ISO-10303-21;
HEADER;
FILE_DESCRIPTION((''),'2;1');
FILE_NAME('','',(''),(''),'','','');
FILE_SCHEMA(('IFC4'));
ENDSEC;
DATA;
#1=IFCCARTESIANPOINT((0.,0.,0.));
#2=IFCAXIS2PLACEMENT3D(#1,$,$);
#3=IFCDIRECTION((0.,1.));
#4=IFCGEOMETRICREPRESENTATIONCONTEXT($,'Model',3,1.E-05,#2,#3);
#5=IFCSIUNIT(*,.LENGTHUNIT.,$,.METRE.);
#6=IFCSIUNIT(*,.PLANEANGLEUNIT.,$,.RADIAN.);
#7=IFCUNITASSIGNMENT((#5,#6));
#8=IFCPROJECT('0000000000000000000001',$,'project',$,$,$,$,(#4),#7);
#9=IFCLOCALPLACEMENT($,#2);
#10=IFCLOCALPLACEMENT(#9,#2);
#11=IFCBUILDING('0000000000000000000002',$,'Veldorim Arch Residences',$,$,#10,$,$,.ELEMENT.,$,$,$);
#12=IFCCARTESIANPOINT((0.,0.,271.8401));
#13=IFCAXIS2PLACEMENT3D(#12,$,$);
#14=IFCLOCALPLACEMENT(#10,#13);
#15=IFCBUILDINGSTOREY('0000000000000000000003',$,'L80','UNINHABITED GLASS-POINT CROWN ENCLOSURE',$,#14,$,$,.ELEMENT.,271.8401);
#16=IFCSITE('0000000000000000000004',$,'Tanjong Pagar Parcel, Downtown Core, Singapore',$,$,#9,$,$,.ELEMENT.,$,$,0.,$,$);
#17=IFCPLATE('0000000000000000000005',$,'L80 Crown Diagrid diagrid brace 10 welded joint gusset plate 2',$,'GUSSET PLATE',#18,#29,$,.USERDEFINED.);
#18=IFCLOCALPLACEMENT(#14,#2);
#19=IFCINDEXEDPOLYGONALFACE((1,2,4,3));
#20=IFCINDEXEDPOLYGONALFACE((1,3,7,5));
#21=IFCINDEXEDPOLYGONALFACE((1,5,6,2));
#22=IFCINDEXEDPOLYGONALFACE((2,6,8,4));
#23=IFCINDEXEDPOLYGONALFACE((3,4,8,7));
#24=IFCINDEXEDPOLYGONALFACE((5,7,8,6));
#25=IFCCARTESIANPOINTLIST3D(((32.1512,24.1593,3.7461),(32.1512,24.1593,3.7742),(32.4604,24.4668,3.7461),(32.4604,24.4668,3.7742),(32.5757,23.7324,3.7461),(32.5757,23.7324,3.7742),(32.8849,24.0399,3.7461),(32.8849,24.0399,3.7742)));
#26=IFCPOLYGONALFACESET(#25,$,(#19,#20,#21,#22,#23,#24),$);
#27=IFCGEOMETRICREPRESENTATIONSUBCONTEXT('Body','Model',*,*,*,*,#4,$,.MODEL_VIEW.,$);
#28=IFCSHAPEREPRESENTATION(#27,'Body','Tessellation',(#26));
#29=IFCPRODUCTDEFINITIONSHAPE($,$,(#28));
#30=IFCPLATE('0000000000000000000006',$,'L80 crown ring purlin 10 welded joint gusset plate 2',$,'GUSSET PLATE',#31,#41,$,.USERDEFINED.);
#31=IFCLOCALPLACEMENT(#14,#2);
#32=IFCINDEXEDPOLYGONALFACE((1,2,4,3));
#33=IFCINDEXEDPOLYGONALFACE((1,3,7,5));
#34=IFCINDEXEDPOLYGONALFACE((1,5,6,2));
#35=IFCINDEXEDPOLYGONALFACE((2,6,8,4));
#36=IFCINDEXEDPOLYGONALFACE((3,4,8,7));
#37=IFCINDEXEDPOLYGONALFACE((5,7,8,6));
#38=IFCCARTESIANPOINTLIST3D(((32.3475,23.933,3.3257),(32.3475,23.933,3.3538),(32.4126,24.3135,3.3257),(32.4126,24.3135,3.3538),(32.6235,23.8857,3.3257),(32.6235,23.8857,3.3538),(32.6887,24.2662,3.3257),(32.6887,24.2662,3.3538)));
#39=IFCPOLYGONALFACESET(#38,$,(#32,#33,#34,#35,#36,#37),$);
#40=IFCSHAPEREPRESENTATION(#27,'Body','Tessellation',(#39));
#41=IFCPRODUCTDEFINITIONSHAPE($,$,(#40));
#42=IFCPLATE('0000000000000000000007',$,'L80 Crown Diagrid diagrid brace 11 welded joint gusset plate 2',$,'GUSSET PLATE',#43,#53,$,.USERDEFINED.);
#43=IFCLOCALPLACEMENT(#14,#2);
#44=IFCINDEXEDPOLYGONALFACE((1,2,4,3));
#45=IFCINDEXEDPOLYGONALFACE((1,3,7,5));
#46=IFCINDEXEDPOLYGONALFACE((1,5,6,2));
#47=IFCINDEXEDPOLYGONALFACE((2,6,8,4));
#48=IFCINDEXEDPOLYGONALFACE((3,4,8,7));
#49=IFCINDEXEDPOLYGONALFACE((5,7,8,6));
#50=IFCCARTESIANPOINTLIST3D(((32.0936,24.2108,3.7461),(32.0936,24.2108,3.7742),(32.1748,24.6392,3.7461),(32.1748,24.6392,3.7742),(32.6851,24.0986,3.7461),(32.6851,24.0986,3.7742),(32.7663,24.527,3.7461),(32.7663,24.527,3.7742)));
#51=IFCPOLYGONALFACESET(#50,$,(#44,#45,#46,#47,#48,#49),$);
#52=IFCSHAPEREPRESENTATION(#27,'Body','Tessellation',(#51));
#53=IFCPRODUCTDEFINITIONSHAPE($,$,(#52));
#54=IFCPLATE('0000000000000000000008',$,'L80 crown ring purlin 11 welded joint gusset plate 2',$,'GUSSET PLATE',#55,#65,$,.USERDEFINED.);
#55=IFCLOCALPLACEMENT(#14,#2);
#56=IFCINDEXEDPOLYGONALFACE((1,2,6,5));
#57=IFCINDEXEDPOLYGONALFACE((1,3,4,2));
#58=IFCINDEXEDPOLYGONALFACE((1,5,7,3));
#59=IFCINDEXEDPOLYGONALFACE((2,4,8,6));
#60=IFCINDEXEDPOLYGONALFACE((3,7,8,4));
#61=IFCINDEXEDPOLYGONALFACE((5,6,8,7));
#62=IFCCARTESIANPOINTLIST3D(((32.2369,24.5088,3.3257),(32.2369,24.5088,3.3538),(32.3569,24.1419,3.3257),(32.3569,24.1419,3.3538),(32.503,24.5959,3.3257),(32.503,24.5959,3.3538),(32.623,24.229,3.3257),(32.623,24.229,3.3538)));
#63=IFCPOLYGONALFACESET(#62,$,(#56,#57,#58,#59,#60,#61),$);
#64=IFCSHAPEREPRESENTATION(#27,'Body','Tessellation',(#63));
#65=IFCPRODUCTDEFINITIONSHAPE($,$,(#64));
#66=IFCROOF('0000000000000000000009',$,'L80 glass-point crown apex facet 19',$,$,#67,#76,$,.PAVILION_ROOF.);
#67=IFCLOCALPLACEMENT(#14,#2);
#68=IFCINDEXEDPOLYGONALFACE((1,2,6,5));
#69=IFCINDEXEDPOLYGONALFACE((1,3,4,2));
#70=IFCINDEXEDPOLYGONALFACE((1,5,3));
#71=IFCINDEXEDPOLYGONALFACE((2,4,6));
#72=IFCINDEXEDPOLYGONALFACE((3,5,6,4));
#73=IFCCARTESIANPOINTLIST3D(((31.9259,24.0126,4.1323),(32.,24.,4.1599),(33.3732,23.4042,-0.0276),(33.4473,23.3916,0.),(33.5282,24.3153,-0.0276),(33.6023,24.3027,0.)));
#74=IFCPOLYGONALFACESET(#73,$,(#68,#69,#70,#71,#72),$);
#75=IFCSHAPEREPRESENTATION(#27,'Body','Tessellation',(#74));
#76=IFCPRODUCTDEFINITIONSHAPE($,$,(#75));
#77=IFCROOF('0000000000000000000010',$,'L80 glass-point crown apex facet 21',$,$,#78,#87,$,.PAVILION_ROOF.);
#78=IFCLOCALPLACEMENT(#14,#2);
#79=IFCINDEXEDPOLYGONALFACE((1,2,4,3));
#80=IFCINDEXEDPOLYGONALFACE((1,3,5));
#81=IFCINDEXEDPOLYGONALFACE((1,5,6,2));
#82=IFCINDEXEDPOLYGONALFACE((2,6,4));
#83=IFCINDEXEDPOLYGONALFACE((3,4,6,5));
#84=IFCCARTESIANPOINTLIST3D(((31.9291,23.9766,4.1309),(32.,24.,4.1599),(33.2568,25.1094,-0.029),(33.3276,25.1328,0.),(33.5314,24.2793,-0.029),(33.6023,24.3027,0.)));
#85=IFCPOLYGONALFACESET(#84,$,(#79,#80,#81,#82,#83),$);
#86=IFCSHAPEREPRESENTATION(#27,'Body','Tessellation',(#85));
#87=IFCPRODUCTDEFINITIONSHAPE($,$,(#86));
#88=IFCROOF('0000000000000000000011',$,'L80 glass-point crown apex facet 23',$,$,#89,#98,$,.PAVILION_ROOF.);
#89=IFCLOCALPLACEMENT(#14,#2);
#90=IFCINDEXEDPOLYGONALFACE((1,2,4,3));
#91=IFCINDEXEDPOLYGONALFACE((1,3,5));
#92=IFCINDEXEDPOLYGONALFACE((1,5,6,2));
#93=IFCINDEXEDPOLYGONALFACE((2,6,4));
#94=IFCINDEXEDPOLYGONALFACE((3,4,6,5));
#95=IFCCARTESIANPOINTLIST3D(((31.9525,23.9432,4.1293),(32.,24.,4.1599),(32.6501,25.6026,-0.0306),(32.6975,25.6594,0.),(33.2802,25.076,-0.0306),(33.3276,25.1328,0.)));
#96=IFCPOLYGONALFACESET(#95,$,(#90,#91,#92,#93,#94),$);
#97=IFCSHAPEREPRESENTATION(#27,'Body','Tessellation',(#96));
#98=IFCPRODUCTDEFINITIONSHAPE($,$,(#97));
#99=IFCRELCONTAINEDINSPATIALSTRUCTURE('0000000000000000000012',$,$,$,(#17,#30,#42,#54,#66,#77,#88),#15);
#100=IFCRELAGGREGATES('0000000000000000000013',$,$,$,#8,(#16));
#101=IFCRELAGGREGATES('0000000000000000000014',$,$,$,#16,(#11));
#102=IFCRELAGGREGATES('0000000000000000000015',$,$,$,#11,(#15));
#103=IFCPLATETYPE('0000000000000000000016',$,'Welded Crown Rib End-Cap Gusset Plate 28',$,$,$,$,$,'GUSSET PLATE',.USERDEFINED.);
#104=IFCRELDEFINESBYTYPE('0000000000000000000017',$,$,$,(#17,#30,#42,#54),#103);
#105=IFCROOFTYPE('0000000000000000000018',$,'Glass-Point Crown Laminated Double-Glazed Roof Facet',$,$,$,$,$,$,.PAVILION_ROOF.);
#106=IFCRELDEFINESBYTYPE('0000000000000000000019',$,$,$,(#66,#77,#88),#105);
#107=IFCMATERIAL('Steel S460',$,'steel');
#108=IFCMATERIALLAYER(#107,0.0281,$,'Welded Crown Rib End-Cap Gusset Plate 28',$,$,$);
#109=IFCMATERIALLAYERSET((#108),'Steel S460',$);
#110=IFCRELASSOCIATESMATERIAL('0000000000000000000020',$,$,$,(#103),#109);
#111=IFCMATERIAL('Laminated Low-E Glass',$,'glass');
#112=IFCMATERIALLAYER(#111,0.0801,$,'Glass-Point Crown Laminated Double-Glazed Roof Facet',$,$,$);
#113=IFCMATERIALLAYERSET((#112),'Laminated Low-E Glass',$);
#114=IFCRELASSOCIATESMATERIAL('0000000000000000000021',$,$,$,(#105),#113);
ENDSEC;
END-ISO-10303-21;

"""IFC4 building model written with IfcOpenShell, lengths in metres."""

from ifc_helpers import new_model, si_unit, direction, frame, origin, origin_2d, place, context, subcontext, project, spatial, polyline, rectangle, outline, extrude, material, layer, layer_set, type_object, element, save


model = new_model("IFC4")

# Units and contexts
model_context = context("Model", 3, precision=1e-05, world=origin(), true_north=direction((0.0, 1.0)))
body_context = subcontext(model_context, "Body", "Model", "MODEL_VIEW")
ifc_project = project(units=[si_unit("LENGTHUNIT", "METRE"), si_unit("PLANEANGLEUNIT", "RADIAN")], contexts=[model_context])

# Site, building, storey
site_placement = place(None, origin())
site = spatial("IfcSite", under=ifc_project, at=site_placement, Name="Tanjong Pagar Parcel, Downtown Core, Singapore", CompositionType="ELEMENT", RefElevation=0.0)
building_placement = place(site_placement, origin())
building = spatial("IfcBuilding", under=site, at=building_placement, Name="Veldorim Arch Residences", CompositionType="ELEMENT")
storey_placement = place(building_placement, frame((0.0, 0.0, 271.8401)))
storey = spatial("IfcBuildingStorey", under=building, at=storey_placement, Name="L80", Description="UNINHABITED GLASS-POINT CROWN ENCLOSURE", CompositionType="ELEMENT", Elevation=271.8401)

# Plates
ifc_material_1 = material(Name="Steel S460", Category="steel")
ifc_layer_1 = layer(ifc_material_1, 0.0281, Name="Welded Crown Rib End-Cap Gusset Plate 28")
ifc_layer_set_1 = layer_set([ifc_layer_1], Name="Steel S460")
plate_type = type_object("IfcPlateType", Name="Welded Crown Rib End-Cap Gusset Plate 28", ElementType="GUSSET PLATE", PredefinedType="USERDEFINED", material=ifc_layer_set_1)
plate_1_placement = place(storey_placement, frame((32.5181, 24.0996, 3.7461), z_axis=(0.0, 0.0, 1.0), x_axis=(-0.705092, 0.709116, 0.0)))
element("IfcPlate", 1, at=plate_1_placement, inside=storey, type_object=plate_type, Name="L80 Crown Diagrid diagrid brace 10 welded joint gusset plate 2", ObjectType="GUSSET PLATE", PredefinedType="USERDEFINED", context=body_context, shape_type="SweptSolid", body=[
    extrude(rectangle(XDim=0.6021, YDim=0.436, at=origin_2d()), origin(), (0.0, 0.0, 1.0), 0.0281),
])
plate_2_placement = place(storey_placement, frame((32.5181, 24.0996, 3.3257), z_axis=(0.0, 0.0, 1.0), x_axis=(0.168833, 0.985645, 0.0)))
element("IfcPlate", 2, at=plate_2_placement, inside=storey, type_object=plate_type, Name="L80 crown ring purlin 10 welded joint gusset plate 2", ObjectType="GUSSET PLATE", PredefinedType="USERDEFINED", context=body_context, shape_type="SweptSolid", body=[
    extrude(rectangle(XDim=0.386, YDim=0.28, at=origin_2d()), origin(), (0.0, 0.0, 1.0), 0.0281),
])
plate_3_placement = place(storey_placement, frame((32.4299, 24.3689, 3.7461), z_axis=(0.0, 0.0, 1.0), x_axis=(-0.982496, 0.186284, 0.0)))
element("IfcPlate", 3, at=plate_3_placement, inside=storey, type_object=plate_type, Name="L80 Crown Diagrid diagrid brace 11 welded joint gusset plate 2", ObjectType="GUSSET PLATE", PredefinedType="USERDEFINED", context=body_context, shape_type="SweptSolid", body=[
    extrude(rectangle(XDim=0.6021, YDim=0.436, at=origin_2d()), origin(), (0.0, 0.0, 1.0), 0.0281),
])
plate_4_placement = place(storey_placement, frame((32.4299, 24.3689, 3.3257), z_axis=(0.0, 0.0, 1.0), x_axis=(-0.310925, 0.950434, 0.0)))
element("IfcPlate", 4, at=plate_4_placement, inside=storey, type_object=plate_type, Name="L80 crown ring purlin 11 welded joint gusset plate 2", ObjectType="GUSSET PLATE", PredefinedType="USERDEFINED", context=body_context, shape_type="SweptSolid", body=[
    extrude(rectangle(XDim=0.386, YDim=0.28, at=origin_2d()), origin(), (0.0, 0.0, 1.0), 0.0281),
])

# Roofs
ifc_material_2 = material(Name="Laminated Low-E Glass", Category="glass")
ifc_layer_2 = layer(ifc_material_2, 0.0801, Name="Glass-Point Crown Laminated Double-Glazed Roof Facet")
ifc_layer_set_2 = layer_set([ifc_layer_2], Name="Laminated Low-E Glass")
roof_type = type_object("IfcRoofType", Name="Glass-Point Crown Laminated Double-Glazed Roof Facet", PredefinedType="PAVILION_ROOF", material=ifc_layer_set_2)
roof_1_placement = place(storey_placement, frame((33.4473, 23.3916, 0.0), z_axis=(0.925321, -0.157443, 0.344953), x_axis=(0.167739, 0.985831, 0.0)))
element("IfcRoof", 5, at=roof_1_placement, inside=storey, type_object=roof_type, Name="L80 glass-point crown apex facet 19", PredefinedType="PAVILION_ROOF", context=body_context, shape_type="SweptSolid", body=[
    extrude(outline(polyline([(0.0, 0.0), (0.9242, 0.0), (0.357, 4.4319), (0.0, 0.0)])), origin(), (0.0, 0.0, -1.0), 0.0801),
])
roof_2_placement = place(storey_placement, frame((33.6023, 24.3027, 0.0), z_axis=(0.884931, 0.292808, 0.362162), x_axis=(-0.314133, 0.949379, 0.0)))
element("IfcRoof", 6, at=roof_2_placement, inside=storey, type_object=roof_type, Name="L80 glass-point crown apex facet 21", PredefinedType="PAVILION_ROOF", context=body_context, shape_type="SweptSolid", body=[
    extrude(outline(polyline([(0.0, 0.0), (0.8743, 0.0), (0.2159, 4.4629), (0.0, 0.0)])), origin(), (0.0, 0.0, -1.0), 0.0801),
])
roof_3_placement = place(storey_placement, frame((33.3276, 25.1328, 0.0), z_axis=(0.592578, 0.709061, 0.38221), x_axis=(-0.767319, 0.641266, 0.0)))
element("IfcRoof", 7, at=roof_3_placement, inside=storey, type_object=roof_type, Name="L80 glass-point crown apex facet 23", PredefinedType="PAVILION_ROOF", context=body_context, shape_type="SweptSolid", body=[
    extrude(outline(polyline([(0.0, 0.0), (0.8212, 0.0), (0.2923, 4.5017), (0.0, 0.0)])), origin(), (0.0, 0.0, -1.0), 0.0801),
])

save(model, "model.ifc")
